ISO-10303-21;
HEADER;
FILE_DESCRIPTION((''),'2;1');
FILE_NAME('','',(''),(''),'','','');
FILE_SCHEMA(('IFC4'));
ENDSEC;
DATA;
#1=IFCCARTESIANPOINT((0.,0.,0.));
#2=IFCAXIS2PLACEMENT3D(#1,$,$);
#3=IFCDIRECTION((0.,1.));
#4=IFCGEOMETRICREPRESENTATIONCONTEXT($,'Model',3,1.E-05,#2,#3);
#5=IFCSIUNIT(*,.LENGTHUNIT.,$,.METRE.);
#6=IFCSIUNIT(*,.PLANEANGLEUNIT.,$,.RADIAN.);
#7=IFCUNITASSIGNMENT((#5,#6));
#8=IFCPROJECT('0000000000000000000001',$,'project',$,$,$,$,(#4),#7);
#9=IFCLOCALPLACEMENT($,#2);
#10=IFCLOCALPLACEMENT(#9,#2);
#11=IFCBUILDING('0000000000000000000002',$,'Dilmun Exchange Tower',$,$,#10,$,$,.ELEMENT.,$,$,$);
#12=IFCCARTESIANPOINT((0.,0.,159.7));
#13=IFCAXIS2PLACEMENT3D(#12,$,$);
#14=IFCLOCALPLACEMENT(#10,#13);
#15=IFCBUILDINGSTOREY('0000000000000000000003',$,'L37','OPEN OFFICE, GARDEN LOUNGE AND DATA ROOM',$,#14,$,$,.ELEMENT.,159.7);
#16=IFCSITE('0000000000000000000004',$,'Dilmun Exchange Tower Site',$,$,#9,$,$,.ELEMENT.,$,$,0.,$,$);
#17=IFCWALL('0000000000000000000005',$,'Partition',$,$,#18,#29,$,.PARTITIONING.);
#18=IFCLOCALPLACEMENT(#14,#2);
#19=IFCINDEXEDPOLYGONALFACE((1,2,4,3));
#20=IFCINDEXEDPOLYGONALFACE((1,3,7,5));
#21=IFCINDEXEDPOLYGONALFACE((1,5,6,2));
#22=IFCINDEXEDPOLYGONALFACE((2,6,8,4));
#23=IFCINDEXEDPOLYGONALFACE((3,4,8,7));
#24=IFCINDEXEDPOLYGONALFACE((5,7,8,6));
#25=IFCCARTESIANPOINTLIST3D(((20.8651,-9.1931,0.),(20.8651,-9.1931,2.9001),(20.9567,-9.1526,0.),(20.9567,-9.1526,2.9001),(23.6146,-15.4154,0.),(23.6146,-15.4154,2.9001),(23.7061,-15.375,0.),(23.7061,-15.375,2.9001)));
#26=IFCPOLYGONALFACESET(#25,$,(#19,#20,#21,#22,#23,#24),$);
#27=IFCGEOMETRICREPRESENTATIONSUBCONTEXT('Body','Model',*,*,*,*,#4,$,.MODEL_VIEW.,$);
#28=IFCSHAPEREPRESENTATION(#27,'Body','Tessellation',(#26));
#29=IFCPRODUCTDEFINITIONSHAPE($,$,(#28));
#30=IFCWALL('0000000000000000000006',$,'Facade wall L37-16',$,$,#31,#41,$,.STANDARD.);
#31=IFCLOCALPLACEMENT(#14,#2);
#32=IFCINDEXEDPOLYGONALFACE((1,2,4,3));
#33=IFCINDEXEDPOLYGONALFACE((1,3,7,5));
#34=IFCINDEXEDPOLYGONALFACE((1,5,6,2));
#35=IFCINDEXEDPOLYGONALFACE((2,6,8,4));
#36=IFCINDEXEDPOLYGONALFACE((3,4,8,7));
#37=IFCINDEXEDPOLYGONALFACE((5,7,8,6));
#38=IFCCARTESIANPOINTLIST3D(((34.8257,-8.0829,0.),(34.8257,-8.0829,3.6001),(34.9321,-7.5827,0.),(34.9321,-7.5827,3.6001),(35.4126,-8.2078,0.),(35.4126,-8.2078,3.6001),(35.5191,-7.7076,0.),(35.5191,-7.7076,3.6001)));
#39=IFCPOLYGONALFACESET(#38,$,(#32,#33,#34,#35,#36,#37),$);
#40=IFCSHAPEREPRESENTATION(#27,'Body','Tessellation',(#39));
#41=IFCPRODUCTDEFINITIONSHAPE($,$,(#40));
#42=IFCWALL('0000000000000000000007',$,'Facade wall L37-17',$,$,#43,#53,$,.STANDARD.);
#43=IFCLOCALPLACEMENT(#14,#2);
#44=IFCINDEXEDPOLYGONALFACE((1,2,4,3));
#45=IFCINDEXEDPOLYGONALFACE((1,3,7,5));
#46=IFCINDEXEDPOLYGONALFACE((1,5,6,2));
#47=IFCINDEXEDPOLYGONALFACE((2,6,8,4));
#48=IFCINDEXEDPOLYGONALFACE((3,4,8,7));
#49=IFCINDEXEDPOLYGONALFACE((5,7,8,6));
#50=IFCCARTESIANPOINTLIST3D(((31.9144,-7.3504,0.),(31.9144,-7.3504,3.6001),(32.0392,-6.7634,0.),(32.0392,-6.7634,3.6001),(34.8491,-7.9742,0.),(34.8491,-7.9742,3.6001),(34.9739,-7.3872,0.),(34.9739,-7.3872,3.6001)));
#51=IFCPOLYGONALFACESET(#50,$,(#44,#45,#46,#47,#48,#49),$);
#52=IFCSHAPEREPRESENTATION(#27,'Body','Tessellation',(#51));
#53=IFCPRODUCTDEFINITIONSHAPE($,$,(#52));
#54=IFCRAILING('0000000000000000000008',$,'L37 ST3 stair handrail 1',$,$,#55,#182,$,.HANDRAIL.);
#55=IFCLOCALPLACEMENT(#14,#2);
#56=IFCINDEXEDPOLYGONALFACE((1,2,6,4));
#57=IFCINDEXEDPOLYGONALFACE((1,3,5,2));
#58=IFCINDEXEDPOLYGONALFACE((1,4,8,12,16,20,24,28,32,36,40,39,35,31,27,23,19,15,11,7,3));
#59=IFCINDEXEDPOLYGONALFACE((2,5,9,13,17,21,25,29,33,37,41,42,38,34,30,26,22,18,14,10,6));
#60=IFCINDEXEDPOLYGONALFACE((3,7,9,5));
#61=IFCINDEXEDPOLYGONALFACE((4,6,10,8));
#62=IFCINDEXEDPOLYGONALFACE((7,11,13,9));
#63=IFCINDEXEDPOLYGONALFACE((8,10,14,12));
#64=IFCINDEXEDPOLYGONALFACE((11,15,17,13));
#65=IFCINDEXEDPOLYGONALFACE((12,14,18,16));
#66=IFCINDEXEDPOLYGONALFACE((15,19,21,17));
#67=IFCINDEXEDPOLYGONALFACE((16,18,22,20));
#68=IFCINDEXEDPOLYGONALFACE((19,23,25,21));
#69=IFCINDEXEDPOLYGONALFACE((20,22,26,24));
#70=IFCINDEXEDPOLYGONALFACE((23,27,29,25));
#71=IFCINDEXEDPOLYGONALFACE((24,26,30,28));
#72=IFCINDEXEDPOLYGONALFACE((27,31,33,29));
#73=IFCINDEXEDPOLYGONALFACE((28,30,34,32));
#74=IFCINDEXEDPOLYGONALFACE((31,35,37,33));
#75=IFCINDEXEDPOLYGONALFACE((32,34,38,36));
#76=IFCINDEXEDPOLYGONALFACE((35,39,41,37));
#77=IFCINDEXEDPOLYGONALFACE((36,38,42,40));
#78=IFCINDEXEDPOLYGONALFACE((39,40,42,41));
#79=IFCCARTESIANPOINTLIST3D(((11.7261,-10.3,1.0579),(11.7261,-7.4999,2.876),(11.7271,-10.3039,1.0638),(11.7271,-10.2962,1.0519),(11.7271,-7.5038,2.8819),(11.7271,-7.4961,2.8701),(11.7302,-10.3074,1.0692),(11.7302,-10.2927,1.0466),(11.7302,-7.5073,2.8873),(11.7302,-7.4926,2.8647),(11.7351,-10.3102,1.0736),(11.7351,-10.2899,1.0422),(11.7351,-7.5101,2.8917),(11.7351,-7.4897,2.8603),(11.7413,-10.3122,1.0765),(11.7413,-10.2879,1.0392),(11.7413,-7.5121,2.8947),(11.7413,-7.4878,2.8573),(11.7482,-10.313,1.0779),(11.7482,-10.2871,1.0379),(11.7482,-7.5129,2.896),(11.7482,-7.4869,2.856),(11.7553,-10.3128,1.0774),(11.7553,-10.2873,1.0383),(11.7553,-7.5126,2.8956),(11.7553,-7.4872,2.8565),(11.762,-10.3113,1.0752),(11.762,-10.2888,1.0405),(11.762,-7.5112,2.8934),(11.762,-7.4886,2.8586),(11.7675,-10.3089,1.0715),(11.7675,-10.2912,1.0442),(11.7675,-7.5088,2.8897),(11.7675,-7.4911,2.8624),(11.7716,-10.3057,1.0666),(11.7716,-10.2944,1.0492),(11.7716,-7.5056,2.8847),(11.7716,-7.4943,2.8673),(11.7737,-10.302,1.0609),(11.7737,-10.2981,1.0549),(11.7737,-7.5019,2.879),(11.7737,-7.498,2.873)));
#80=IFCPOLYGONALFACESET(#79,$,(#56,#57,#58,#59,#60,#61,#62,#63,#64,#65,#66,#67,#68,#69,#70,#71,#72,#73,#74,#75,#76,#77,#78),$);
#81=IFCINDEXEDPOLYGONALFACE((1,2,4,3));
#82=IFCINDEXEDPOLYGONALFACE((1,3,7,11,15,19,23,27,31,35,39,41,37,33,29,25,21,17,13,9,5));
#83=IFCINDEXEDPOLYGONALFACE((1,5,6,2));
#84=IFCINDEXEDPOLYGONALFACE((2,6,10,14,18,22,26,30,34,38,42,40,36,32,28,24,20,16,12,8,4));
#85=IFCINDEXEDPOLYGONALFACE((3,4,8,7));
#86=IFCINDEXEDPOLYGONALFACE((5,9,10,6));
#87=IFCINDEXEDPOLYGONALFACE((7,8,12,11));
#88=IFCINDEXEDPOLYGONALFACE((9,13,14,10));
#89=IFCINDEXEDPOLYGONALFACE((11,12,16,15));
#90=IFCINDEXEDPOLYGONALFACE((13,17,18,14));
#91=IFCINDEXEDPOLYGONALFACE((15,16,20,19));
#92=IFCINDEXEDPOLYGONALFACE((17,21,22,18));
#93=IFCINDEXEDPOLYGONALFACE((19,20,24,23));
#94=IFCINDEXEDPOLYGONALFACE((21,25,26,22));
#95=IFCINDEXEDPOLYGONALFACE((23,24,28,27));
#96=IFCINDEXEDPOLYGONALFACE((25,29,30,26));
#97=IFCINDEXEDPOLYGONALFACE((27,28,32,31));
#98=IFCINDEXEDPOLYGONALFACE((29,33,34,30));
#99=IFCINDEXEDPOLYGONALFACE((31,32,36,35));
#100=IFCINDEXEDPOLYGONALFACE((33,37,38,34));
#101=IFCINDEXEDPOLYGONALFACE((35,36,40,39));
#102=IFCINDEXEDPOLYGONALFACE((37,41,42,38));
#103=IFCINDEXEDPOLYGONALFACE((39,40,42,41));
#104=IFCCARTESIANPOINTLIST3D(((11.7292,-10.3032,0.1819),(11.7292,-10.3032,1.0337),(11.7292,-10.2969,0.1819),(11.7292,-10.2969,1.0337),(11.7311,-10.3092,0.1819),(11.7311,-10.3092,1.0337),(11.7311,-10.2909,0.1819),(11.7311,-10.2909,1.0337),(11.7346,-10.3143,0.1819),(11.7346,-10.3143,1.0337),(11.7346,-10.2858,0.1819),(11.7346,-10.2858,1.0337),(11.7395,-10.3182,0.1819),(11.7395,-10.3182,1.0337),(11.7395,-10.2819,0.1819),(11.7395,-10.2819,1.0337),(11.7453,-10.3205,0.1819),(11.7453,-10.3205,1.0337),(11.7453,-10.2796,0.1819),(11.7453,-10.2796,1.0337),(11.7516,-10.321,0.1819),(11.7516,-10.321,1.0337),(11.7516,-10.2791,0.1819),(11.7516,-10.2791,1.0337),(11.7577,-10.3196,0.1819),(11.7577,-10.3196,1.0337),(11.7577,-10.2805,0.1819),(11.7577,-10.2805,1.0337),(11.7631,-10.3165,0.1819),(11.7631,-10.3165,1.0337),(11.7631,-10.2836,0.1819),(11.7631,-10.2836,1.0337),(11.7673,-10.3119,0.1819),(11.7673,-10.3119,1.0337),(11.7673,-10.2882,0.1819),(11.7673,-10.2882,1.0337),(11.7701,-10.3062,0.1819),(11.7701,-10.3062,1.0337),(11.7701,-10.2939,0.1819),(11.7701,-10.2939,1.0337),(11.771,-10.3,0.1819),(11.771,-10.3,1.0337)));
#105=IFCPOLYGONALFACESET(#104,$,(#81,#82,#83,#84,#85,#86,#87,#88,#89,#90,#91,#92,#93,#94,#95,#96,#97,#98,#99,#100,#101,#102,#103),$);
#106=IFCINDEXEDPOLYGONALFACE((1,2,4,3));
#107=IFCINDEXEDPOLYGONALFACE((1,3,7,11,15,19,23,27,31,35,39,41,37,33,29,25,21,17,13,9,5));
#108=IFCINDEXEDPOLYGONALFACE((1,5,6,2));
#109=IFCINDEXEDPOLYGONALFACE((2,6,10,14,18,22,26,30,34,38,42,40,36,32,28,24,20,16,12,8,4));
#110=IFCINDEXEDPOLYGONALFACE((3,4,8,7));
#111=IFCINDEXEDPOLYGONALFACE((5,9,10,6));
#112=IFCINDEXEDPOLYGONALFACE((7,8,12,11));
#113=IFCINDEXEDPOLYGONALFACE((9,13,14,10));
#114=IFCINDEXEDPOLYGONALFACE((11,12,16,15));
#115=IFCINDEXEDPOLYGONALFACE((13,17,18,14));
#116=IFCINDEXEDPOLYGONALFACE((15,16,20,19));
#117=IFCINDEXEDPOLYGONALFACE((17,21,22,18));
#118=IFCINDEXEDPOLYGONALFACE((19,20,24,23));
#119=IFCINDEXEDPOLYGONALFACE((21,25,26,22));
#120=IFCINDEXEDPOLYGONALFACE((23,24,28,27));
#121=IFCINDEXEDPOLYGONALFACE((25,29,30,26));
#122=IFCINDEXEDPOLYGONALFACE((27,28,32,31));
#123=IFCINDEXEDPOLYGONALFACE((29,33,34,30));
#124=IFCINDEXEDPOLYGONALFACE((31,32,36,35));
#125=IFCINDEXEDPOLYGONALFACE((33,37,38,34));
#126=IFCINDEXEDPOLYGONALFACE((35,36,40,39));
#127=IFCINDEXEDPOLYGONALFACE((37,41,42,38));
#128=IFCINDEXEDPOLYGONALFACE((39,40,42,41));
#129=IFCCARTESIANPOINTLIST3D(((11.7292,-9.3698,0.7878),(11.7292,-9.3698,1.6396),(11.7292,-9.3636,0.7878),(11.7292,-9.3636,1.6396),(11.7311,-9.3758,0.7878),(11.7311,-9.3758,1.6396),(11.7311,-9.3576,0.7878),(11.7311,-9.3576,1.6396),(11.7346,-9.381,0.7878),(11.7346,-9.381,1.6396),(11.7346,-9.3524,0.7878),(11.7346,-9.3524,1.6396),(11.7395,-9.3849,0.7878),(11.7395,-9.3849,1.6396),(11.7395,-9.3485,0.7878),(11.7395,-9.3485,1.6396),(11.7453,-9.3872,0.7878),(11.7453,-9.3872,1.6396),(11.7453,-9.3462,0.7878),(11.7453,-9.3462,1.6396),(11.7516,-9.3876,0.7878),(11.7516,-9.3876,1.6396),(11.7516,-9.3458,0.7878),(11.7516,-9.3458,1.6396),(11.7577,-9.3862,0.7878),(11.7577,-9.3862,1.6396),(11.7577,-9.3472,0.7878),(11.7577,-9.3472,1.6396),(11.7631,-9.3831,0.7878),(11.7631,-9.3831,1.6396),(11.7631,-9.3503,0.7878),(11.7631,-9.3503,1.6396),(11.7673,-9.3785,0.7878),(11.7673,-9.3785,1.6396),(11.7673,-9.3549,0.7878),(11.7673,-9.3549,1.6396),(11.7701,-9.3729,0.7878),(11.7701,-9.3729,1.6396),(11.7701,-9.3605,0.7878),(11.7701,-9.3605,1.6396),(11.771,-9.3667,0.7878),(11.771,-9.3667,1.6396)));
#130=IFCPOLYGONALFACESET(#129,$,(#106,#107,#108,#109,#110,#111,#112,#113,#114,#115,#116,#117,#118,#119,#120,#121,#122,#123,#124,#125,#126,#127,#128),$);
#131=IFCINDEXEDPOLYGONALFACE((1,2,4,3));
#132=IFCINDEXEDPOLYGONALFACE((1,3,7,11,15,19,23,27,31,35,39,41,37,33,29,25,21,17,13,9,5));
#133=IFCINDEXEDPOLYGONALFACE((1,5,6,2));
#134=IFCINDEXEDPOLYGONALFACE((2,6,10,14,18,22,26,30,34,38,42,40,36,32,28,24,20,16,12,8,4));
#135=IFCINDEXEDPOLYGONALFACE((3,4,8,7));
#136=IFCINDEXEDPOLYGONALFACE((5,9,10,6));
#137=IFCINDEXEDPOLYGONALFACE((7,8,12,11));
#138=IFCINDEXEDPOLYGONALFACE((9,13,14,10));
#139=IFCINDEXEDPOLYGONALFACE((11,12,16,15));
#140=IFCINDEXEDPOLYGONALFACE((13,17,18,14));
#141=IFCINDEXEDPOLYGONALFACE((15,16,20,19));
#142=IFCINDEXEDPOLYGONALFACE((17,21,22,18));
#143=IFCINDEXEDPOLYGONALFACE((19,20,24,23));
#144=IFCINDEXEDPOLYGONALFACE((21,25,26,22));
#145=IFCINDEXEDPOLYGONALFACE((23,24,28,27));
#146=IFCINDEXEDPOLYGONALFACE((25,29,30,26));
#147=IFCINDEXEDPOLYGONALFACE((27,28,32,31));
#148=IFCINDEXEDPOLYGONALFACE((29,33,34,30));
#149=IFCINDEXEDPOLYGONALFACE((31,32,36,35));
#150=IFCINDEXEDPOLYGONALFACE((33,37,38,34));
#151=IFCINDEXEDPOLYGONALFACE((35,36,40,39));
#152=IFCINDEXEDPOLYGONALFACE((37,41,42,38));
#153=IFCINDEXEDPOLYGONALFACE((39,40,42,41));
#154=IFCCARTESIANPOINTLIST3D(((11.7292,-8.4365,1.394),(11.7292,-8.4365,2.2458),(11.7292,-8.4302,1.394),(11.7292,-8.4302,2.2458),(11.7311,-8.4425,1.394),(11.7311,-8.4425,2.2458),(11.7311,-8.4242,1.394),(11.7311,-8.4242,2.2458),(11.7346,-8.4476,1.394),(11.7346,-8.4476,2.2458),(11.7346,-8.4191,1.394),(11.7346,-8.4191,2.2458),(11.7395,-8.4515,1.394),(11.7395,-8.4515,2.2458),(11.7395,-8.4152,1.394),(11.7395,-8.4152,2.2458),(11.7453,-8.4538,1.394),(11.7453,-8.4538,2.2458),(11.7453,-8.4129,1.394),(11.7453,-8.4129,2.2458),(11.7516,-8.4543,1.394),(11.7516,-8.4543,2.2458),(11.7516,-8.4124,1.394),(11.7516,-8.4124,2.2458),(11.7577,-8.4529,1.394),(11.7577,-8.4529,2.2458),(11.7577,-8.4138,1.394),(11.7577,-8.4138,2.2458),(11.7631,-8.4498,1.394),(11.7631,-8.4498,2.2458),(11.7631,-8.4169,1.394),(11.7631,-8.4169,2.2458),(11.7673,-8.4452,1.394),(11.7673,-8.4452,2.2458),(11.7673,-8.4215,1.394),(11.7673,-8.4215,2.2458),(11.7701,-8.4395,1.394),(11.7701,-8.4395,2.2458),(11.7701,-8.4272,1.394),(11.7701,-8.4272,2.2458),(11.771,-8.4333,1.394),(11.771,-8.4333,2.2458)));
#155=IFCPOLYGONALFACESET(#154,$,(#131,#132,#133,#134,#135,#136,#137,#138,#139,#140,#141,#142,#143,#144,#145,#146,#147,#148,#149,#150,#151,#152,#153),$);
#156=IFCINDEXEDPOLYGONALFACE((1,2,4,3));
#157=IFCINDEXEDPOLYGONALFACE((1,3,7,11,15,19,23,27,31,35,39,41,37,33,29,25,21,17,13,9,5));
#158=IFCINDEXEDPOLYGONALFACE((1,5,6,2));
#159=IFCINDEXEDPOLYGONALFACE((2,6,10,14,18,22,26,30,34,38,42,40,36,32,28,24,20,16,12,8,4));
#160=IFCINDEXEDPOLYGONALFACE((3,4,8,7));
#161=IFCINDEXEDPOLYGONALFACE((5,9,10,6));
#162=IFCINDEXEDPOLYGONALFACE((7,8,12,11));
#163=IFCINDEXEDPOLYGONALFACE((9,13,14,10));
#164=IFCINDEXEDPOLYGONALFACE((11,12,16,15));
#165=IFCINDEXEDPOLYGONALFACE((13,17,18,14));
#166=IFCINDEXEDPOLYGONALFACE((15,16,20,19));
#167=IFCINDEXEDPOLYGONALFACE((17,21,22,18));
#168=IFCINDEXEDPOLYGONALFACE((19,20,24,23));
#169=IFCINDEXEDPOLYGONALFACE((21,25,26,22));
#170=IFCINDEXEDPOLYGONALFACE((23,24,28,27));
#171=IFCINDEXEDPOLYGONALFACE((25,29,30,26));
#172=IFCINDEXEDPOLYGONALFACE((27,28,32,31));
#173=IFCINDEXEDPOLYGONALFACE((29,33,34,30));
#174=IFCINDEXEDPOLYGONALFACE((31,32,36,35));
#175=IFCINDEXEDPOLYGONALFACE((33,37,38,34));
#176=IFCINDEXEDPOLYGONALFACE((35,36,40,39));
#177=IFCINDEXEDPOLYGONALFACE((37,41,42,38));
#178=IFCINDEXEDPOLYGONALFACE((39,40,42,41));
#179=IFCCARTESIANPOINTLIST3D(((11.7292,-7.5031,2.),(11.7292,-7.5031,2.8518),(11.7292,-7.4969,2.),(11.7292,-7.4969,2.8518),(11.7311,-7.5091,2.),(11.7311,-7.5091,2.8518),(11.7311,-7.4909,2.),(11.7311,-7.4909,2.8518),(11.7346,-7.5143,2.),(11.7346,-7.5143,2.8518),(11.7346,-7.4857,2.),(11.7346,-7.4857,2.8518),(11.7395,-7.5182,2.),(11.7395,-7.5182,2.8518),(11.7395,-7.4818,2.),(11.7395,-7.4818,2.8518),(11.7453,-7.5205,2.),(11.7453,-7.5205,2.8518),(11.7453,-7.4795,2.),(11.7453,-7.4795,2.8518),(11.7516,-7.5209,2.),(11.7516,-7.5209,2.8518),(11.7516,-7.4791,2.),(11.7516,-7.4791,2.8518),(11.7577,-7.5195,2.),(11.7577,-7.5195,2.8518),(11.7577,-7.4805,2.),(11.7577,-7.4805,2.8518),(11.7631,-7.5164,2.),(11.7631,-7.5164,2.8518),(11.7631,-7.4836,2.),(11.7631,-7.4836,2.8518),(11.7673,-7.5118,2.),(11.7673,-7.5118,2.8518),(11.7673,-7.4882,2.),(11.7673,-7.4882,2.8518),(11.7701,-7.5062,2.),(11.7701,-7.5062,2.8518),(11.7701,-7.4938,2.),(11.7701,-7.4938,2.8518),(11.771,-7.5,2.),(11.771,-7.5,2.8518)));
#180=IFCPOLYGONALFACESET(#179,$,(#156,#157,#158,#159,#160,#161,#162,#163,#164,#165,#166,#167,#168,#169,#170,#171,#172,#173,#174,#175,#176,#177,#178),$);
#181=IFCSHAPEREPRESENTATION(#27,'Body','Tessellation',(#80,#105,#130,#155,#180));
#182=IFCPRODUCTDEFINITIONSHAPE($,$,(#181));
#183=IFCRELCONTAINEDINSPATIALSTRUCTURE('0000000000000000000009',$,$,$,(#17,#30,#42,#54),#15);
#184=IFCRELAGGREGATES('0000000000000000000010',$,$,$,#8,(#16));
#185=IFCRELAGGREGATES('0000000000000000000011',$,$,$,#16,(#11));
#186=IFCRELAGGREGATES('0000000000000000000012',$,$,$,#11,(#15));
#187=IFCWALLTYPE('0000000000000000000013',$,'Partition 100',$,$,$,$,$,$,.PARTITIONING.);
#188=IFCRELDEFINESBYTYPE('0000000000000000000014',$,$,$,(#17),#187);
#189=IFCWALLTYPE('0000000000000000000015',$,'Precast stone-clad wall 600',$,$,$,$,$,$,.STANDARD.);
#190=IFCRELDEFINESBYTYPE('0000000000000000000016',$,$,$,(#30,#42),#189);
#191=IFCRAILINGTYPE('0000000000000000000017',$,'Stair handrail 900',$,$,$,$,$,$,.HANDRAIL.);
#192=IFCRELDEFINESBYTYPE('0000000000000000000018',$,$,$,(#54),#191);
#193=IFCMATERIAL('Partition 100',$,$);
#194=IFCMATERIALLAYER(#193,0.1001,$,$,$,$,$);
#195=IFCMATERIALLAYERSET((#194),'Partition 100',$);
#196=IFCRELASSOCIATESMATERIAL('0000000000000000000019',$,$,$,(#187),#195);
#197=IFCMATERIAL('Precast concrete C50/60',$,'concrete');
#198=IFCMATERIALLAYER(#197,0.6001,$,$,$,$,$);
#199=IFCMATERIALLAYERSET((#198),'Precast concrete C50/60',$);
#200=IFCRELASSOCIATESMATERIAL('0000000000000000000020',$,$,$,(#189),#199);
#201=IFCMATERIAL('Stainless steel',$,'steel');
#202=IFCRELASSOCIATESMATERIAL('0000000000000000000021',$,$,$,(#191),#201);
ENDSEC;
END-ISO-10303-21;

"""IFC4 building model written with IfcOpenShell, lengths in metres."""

from ifc_helpers import new_model, si_unit, direction, frame, frame_2d, origin, origin_2d, place, context, subcontext, project, spatial, rectangle, circle, extrude, material, layer, layer_set, type_object, element, save


model = new_model("IFC4")

# Units and contexts
model_context = context("Model", 3, precision=1e-05, world=origin(), true_north=direction((0.0, 1.0)))
body_context = subcontext(model_context, "Body", "Model", "MODEL_VIEW")
ifc_project = project(units=[si_unit("LENGTHUNIT", "METRE"), si_unit("PLANEANGLEUNIT", "RADIAN")], contexts=[model_context])

# Site, building, storey
site_placement = place(None, origin())
site = spatial("IfcSite", under=ifc_project, at=site_placement, Name="Dilmun Exchange Tower Site", CompositionType="ELEMENT", RefElevation=0.0)
building_placement = place(site_placement, origin())
building = spatial("IfcBuilding", under=site, at=building_placement, Name="Dilmun Exchange Tower", CompositionType="ELEMENT")
storey_placement = place(building_placement, frame((0.0, 0.0, 159.7)))
storey = spatial("IfcBuildingStorey", under=building, at=storey_placement, Name="L37", Description="OPEN OFFICE, GARDEN LOUNGE AND DATA ROOM", CompositionType="ELEMENT", Elevation=159.7)

# Walls
ifc_material_1 = material(Name="Partition 100")
ifc_layer_1 = layer(ifc_material_1, 0.1001)
ifc_layer_set_1 = layer_set([ifc_layer_1], Name="Partition 100")
wall_type_1 = type_object("IfcWallType", Name="Partition 100", PredefinedType="PARTITIONING", material=ifc_layer_set_1)
wall_1_placement = place(storey_placement, frame((20.9109, -9.1729, 0.0), z_axis=(0.0, 0.0, 1.0), x_axis=(0.404173, -0.914683, 0.0)))
element("IfcWall", 1, at=wall_1_placement, inside=storey, type_object=wall_type_1, Name="Partition", PredefinedType="PARTITIONING", context=body_context, shape_type="SweptSolid", body=[
    extrude(rectangle(XDim=6.8027, YDim=0.1001, at=frame_2d((3.4014, 0.0))), origin(), (0.0, 0.0, 1.0), 2.9001),
])
ifc_material_2 = material(Name="Precast concrete C50/60", Category="concrete")
ifc_layer_2 = layer(ifc_material_2, 0.6001)
ifc_layer_set_2 = layer_set([ifc_layer_2], Name="Precast concrete C50/60")
wall_type_2 = type_object("IfcWallType", Name="Precast stone-clad wall 600", PredefinedType="STANDARD", material=ifc_layer_set_2)
wall_2_placement = place(storey_placement, frame((35.1191, -8.1455, 0.0), z_axis=(0.0, 0.0, 1.0), x_axis=(0.208127, 0.978102, 0.0)))
element("IfcWall", 2, at=wall_2_placement, inside=storey, type_object=wall_type_2, Name="Facade wall L37-16", PredefinedType="STANDARD", context=body_context, shape_type="SweptSolid", body=[
    extrude(rectangle(XDim=0.5115, YDim=0.6001, at=frame_2d((0.2559, 0.0))), origin(), (0.0, 0.0, 1.0), 3.6001),
])
wall_3_placement = place(storey_placement, frame((34.9114, -7.6807, 0.0), z_axis=(0.0, 0.0, 1.0), x_axis=(-0.978146, 0.207917, 0.0)))
element("IfcWall", 3, at=wall_3_placement, inside=storey, type_object=wall_type_2, Name="Facade wall L37-17", PredefinedType="STANDARD", context=body_context, shape_type="SweptSolid", body=[
    extrude(rectangle(XDim=3.0002, YDim=0.6001, at=frame_2d((1.5, 0.0))), origin(), (0.0, 0.0, 1.0), 3.6001),
])

# Railing
ifc_material_3 = material(Name="Stainless steel", Category="steel")
railing_type = type_object("IfcRailingType", Name="Stair handrail 900", PredefinedType="HANDRAIL", material=ifc_material_3)
railing_placement = place(storey_placement, frame((11.75, -10.3, 0.1819)))
element("IfcRailing", 4, at=railing_placement, inside=storey, type_object=railing_type, Name="L37 ST3 stair handrail 1", PredefinedType="HANDRAIL", context=body_context, shape_type="SweptSolid", body=[
    extrude(circle(Radius=0.0239, at=origin_2d()), frame((0.0, 0.0, 0.876), z_axis=(0.0, 0.838706, 0.544585), x_axis=(-1.0, 0.0, 0.0)), (0.0, 0.0, 1.0), 3.3386),
    extrude(circle(Radius=0.021, at=origin_2d()), origin(), (0.0, 0.0, 1.0), 0.8518),
    extrude(circle(Radius=0.021, at=origin_2d()), frame((0.0, 0.9333, 0.606)), (0.0, 0.0, 1.0), 0.8518),
    extrude(circle(Radius=0.021, at=origin_2d()), frame((0.0, 1.8667, 1.2122)), (0.0, 0.0, 1.0), 0.8518),
    extrude(circle(Radius=0.021, at=origin_2d()), frame((0.0, 2.8, 1.8181)), (0.0, 0.0, 1.0), 0.8518),
])

save(model, "model.ifc")
